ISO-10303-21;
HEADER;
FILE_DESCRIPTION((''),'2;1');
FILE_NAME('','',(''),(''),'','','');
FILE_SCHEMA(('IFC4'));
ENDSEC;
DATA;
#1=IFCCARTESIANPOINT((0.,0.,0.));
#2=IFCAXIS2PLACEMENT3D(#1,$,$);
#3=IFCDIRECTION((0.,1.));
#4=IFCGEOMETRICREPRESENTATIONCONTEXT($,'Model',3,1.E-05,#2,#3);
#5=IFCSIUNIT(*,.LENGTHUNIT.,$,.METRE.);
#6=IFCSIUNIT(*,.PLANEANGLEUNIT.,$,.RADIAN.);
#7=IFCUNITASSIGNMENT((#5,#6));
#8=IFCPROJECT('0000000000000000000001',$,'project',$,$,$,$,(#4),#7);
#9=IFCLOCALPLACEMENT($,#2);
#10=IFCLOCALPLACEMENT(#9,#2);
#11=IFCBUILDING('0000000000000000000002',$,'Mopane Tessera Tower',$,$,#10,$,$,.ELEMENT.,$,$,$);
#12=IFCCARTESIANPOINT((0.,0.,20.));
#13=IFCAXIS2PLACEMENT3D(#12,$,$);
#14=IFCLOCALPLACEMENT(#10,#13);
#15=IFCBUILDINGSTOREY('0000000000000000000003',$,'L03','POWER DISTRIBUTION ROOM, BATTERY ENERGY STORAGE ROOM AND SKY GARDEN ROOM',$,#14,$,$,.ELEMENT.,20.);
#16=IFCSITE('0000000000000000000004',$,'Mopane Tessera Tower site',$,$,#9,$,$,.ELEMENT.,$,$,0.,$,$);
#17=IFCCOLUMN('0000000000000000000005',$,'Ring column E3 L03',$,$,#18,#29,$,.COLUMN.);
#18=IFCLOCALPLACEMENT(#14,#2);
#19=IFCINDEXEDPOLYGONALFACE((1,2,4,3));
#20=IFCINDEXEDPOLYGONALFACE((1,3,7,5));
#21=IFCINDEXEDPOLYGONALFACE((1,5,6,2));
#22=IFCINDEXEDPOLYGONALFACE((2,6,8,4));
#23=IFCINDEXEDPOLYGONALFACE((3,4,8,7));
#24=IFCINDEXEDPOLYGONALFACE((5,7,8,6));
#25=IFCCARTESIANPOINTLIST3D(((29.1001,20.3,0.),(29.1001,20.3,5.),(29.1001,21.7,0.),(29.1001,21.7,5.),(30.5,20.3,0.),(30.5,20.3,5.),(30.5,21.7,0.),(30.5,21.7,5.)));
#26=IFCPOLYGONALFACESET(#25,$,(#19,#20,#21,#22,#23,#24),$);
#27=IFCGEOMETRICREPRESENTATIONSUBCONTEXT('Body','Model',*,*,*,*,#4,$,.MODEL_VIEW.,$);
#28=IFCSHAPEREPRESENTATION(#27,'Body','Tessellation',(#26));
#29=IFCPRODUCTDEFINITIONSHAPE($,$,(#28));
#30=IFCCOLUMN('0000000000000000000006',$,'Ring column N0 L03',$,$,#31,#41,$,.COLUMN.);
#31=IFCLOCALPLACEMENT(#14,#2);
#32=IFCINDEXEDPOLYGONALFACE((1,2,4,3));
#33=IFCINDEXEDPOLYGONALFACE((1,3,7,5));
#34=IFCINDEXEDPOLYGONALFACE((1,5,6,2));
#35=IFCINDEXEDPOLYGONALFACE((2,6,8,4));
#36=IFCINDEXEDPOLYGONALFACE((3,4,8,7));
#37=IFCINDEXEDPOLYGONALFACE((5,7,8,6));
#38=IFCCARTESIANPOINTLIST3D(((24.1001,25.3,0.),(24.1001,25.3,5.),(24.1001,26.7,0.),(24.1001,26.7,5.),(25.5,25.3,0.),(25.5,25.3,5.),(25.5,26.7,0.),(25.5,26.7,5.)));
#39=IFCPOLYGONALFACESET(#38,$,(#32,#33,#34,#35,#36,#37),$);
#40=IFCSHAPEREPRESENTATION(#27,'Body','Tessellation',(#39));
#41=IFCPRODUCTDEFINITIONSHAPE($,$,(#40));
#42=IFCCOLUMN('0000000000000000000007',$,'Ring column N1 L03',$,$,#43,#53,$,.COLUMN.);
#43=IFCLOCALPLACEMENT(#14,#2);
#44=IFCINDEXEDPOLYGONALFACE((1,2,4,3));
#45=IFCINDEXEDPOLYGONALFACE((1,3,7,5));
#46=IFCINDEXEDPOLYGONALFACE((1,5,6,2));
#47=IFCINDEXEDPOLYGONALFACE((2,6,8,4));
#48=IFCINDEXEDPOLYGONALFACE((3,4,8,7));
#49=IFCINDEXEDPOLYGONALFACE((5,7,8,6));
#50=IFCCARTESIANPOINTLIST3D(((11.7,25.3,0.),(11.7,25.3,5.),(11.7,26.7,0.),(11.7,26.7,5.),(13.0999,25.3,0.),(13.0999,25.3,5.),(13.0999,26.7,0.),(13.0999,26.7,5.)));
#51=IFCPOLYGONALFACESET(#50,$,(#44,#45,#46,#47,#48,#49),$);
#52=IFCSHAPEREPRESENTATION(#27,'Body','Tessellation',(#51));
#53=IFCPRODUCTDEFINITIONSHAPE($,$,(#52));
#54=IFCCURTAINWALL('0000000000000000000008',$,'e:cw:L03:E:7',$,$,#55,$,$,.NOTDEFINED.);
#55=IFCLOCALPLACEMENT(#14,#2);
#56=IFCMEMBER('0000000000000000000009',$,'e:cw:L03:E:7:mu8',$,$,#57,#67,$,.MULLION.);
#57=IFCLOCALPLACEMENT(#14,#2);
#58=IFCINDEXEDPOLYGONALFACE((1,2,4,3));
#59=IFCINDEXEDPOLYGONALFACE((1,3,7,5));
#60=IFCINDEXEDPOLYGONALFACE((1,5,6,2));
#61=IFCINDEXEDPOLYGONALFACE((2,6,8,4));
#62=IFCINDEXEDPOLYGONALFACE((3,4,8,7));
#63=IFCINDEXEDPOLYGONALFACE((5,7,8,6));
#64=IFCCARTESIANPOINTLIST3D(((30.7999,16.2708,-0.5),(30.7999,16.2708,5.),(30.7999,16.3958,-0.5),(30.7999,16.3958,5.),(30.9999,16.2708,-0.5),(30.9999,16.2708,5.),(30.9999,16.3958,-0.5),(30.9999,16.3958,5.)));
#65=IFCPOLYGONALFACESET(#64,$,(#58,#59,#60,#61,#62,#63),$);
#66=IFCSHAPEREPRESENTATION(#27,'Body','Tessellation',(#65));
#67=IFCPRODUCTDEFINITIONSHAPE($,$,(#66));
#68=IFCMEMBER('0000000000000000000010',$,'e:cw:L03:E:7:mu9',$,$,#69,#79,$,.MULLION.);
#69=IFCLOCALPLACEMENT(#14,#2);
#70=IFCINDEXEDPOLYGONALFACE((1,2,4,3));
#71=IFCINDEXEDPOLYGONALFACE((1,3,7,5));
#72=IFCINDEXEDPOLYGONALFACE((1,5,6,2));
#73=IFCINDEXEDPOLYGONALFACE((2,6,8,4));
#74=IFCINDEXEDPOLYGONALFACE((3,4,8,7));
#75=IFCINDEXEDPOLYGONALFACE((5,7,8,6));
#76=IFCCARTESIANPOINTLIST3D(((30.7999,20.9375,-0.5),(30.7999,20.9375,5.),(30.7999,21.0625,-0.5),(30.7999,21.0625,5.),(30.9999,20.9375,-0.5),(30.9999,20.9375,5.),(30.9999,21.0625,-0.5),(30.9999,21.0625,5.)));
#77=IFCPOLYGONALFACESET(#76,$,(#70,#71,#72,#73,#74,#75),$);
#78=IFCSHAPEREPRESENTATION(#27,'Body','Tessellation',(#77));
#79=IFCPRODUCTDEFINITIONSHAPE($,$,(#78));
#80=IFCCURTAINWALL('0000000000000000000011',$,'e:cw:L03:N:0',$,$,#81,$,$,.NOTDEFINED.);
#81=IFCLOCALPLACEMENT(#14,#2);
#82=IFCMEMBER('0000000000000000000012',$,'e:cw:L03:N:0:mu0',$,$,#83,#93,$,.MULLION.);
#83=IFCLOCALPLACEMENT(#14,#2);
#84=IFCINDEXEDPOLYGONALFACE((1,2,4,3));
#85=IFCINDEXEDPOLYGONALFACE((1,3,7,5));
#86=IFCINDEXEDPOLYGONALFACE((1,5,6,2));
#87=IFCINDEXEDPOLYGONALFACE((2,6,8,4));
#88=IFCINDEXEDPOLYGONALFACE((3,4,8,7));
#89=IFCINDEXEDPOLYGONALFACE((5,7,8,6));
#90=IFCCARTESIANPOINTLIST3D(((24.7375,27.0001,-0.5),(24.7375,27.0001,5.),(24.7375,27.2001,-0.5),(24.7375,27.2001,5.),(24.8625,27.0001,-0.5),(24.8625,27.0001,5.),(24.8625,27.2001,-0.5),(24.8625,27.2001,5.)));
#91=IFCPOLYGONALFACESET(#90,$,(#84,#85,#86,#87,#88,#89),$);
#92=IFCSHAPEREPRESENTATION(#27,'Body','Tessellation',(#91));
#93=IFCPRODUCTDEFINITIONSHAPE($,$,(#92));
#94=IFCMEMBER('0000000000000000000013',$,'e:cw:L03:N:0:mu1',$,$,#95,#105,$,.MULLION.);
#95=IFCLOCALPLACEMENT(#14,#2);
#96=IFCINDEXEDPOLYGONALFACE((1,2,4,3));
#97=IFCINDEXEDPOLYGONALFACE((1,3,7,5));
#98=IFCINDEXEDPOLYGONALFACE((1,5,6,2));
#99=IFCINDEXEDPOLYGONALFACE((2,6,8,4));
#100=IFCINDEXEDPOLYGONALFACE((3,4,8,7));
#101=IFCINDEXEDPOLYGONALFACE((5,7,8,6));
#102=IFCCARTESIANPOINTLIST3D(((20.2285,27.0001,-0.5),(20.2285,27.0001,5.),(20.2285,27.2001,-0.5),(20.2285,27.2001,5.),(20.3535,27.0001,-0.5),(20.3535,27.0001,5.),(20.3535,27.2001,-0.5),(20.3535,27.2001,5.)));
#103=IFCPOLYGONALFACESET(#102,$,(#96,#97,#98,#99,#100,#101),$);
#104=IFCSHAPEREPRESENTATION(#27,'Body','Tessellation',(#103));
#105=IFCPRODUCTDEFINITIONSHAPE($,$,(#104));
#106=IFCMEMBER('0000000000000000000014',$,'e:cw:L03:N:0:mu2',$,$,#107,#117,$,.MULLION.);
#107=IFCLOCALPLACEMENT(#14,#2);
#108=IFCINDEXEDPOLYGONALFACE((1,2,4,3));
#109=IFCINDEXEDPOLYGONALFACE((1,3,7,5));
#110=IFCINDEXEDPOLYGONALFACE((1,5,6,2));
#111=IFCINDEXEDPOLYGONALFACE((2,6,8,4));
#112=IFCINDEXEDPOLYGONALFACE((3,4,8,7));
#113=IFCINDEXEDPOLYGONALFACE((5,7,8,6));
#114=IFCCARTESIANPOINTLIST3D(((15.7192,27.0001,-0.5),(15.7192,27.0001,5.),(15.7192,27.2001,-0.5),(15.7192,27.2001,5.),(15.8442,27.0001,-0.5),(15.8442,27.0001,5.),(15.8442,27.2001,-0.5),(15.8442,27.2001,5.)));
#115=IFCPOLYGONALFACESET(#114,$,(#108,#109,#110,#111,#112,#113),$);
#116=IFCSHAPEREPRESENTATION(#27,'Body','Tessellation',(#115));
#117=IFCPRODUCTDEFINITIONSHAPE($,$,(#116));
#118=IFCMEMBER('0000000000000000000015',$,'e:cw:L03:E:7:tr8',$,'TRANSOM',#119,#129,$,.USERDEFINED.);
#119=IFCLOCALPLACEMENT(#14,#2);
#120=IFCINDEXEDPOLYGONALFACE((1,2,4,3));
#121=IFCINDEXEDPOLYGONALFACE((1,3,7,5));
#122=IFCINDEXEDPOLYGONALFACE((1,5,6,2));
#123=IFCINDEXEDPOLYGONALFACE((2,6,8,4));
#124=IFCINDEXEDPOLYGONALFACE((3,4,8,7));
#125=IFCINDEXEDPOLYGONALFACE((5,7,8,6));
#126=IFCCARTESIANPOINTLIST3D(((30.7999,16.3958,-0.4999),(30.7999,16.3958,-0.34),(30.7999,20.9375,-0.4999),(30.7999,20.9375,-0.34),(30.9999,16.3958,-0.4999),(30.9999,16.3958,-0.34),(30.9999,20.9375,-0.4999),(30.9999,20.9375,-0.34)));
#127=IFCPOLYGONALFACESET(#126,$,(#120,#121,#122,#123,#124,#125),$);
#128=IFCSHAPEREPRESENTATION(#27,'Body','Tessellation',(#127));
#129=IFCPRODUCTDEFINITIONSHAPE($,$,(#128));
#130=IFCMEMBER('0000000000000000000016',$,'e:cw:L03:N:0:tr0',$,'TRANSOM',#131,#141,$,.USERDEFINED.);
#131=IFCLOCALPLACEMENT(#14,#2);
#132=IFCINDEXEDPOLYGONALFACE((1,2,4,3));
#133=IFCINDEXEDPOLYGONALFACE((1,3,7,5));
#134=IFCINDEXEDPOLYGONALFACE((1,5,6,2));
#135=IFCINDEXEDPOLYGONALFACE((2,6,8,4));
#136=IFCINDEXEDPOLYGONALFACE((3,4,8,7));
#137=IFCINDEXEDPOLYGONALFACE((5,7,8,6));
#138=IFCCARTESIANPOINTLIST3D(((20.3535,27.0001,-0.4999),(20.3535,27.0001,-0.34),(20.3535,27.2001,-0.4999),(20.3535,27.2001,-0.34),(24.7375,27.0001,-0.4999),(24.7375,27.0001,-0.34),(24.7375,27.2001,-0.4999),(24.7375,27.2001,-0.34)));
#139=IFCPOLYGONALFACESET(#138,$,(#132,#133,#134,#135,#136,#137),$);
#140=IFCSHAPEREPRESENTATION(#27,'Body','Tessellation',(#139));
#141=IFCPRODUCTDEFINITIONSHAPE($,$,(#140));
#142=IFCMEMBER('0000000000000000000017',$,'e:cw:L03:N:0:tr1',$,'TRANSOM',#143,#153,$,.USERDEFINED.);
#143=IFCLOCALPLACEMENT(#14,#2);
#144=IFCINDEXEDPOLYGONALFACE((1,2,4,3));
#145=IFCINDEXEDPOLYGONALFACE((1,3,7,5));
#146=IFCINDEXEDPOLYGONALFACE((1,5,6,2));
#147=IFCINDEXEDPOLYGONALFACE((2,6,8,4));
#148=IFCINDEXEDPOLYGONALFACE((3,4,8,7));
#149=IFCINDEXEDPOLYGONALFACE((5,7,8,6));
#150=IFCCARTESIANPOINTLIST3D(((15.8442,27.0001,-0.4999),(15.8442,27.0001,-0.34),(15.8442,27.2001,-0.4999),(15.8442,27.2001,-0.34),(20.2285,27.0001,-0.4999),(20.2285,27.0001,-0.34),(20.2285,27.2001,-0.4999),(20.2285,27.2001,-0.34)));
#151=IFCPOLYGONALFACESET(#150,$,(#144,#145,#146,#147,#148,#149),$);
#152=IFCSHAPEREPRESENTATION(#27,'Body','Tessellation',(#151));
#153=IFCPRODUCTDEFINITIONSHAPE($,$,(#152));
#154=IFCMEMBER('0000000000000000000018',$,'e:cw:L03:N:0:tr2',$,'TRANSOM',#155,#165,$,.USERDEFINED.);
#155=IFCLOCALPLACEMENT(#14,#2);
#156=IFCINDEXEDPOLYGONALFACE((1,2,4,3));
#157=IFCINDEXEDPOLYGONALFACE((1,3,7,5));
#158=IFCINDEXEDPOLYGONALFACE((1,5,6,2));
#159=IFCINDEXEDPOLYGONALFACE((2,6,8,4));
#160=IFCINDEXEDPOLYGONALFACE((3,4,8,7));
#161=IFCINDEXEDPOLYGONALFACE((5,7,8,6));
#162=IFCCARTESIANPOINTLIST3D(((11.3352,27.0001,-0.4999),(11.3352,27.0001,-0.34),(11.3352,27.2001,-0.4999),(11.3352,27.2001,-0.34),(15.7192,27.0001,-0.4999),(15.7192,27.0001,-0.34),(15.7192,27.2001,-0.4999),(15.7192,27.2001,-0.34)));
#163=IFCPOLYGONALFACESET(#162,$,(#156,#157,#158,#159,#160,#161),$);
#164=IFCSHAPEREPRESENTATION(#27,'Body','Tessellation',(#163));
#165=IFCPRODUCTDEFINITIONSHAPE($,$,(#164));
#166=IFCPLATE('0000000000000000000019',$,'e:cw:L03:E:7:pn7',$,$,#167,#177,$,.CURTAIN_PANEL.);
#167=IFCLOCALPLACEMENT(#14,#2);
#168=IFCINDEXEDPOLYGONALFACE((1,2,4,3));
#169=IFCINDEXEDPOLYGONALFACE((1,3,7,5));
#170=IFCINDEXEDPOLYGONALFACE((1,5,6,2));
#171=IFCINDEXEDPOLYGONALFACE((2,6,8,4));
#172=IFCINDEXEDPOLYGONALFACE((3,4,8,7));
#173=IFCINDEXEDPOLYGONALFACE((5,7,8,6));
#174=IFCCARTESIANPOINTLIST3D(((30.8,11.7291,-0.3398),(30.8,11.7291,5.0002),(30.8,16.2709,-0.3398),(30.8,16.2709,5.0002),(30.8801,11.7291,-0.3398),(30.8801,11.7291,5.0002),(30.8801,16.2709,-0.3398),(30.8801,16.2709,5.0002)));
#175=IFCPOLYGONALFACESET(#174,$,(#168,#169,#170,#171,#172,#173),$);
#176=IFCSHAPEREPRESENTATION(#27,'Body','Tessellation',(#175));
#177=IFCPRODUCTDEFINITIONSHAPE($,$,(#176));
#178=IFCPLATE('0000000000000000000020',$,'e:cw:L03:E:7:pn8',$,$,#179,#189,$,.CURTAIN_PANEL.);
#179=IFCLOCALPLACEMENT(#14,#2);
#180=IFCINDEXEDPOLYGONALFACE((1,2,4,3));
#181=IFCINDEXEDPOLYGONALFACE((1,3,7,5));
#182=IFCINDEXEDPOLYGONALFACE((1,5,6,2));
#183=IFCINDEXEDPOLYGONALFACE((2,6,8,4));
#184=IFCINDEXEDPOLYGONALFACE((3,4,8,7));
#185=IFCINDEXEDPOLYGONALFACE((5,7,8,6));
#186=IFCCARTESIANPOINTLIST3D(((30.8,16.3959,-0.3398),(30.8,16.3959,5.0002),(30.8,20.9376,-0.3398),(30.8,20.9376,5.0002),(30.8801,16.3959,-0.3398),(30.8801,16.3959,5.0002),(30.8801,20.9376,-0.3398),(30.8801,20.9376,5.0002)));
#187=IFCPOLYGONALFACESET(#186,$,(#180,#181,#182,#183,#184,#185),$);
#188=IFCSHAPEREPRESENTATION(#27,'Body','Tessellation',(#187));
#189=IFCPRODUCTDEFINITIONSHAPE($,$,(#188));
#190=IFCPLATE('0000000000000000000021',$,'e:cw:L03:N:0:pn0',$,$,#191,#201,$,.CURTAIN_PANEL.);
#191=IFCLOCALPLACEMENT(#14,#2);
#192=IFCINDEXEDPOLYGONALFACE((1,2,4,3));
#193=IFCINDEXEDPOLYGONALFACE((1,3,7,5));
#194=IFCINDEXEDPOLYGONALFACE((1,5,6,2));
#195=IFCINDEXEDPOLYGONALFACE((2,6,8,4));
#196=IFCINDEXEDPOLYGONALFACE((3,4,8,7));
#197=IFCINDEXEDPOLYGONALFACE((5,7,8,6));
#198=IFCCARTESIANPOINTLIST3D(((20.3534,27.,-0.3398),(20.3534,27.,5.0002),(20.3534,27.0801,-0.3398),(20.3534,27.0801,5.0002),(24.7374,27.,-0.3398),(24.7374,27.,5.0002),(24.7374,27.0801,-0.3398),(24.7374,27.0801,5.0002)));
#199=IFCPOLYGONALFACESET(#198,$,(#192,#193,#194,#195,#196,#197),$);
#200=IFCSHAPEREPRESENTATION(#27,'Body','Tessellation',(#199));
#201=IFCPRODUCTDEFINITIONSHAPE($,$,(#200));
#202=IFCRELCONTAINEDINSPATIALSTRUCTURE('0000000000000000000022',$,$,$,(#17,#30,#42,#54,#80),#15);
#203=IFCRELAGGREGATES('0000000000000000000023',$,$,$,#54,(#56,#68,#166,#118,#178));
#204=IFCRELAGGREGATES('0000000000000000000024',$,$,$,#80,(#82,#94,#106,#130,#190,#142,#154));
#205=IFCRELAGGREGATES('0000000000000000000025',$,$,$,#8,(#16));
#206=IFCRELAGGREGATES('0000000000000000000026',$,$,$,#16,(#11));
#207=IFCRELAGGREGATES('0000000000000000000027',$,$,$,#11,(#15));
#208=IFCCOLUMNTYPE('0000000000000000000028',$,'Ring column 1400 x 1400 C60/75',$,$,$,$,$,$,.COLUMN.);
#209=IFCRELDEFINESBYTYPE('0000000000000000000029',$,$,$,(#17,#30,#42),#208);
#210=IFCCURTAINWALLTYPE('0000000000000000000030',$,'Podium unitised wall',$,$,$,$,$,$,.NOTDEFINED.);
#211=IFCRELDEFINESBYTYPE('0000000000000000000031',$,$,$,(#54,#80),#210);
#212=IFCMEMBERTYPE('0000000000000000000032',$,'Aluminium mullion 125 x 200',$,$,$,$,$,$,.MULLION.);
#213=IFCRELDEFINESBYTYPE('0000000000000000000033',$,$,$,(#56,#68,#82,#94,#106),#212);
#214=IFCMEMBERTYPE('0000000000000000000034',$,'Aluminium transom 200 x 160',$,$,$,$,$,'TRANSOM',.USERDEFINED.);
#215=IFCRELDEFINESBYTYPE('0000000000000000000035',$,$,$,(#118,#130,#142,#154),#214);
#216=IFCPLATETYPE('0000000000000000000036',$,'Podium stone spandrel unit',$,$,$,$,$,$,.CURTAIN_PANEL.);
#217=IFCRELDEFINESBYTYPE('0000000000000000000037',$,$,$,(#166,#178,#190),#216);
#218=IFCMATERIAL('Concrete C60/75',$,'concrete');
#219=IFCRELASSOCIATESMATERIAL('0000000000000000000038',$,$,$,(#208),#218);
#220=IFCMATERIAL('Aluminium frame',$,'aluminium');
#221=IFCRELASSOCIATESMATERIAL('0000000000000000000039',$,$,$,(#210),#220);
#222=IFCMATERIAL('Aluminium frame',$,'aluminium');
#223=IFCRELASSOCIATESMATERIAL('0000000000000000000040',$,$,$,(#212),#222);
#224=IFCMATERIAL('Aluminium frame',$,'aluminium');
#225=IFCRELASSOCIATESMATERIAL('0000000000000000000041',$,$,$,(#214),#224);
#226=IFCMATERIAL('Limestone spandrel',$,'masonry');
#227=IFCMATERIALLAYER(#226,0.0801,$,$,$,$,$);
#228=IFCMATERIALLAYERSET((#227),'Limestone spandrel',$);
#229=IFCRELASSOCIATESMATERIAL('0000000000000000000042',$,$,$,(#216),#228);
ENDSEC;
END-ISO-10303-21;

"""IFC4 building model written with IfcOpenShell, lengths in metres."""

from ifc_helpers import new_model, si_unit, direction, frame, origin, origin_2d, place, context, subcontext, project, spatial, rectangle, extrude, material, layer, layer_set, material_profile, profile_set, type_object, element, aggregate, save


model = new_model("IFC4")

# Units and contexts
model_context = context("Model", 3, precision=1e-05, world=origin(), true_north=direction((0.0, 1.0)))
body_context = subcontext(model_context, "Body", "Model", "MODEL_VIEW")
ifc_project = project(units=[si_unit("LENGTHUNIT", "METRE"), si_unit("PLANEANGLEUNIT", "RADIAN")], contexts=[model_context])

# Site, building, storey
site_placement = place(None, origin())
site = spatial("IfcSite", under=ifc_project, at=site_placement, Name="Mopane Tessera Tower site", CompositionType="ELEMENT", RefElevation=0.0)
building_placement = place(site_placement, origin())
building = spatial("IfcBuilding", under=site, at=building_placement, Name="Mopane Tessera Tower", CompositionType="ELEMENT")
storey_placement = place(building_placement, frame((0.0, 0.0, 20.0)))
storey = spatial("IfcBuildingStorey", under=building, at=storey_placement, Name="L03", Description="POWER DISTRIBUTION ROOM, BATTERY ENERGY STORAGE ROOM AND SKY GARDEN ROOM", CompositionType="ELEMENT", Elevation=20.0)

# Columns
ifc_material_1 = material(Name="Concrete C60/75", Category="concrete")
ifc_material_profile_1 = material_profile(ifc_material_1, rectangle(XDim=1.3999, YDim=1.3999, at=origin_2d()))
ifc_profile_set_1 = profile_set([ifc_material_profile_1], Name="Concrete C60/75")
column_type = type_object("IfcColumnType", Name="Ring column 1400 x 1400 C60/75", PredefinedType="COLUMN", material=ifc_profile_set_1)
for number, where, z_axis, x_axis, name in (
    (1, (29.8, 21.0, 0.0), (0.0, 0.0, 1.0), (1.0, 0.0, 0.0), "Ring column E3 L03"),
    (2, (24.8, 26.0, 0.0), (0.0, 0.0, 1.0), (1.0, 0.0, 0.0), "Ring column N0 L03"),
    (3, (12.3999, 26.0, 0.0), (0.0, 0.0, 1.0), (1.0, 0.0, 0.0), "Ring column N1 L03"),
):
    element("IfcColumn", number, at=place(storey_placement, frame(where, z_axis=z_axis, x_axis=x_axis)), inside=storey, type_object=column_type, Name=name, PredefinedType="COLUMN", context=body_context, shape_type="SweptSolid", body=[
        extrude(rectangle(XDim=1.3999, YDim=1.3999, at=origin_2d()), origin(), (0.0, 0.0, 1.0), 5.0),
    ])

# Curtain walls, members
ifc_material_2 = material(Name="Aluminium frame", Category="aluminium")
curtain_wall_type = type_object("IfcCurtainWallType", Name="Podium unitised wall", PredefinedType="NOTDEFINED", material=ifc_material_2)
curtain_wall_1_placement = place(storey_placement, origin())
curtain_wall_1 = element("IfcCurtainWall", 4, at=curtain_wall_1_placement, inside=storey, type_object=curtain_wall_type, Name="e:cw:L03:E:7", PredefinedType="NOTDEFINED")
ifc_material_3 = material(Name="Aluminium frame", Category="aluminium")
ifc_material_profile_2 = material_profile(ifc_material_3, rectangle(XDim=0.125, YDim=0.2, at=origin_2d()))
ifc_profile_set_2 = profile_set([ifc_material_profile_2], Name="Aluminium frame")
member_type_1 = type_object("IfcMemberType", Name="Aluminium mullion 125 x 200", PredefinedType="MULLION", material=ifc_profile_set_2)
member_1_placement = place(storey_placement, frame((30.8999, 16.3333, -0.5), z_axis=(0.0, 0.0, 1.0), x_axis=(0.0, 1.0, 0.0)))
member_1 = element("IfcMember", 5, at=member_1_placement, type_object=member_type_1, Name="e:cw:L03:E:7:mu8", PredefinedType="MULLION", context=body_context, shape_type="SweptSolid", body=[
    extrude(rectangle(XDim=0.125, YDim=0.2, at=origin_2d()), origin(), (0.0, 0.0, 1.0), 5.5),
])
member_2_placement = place(storey_placement, frame((30.8999, 21.0, -0.5), z_axis=(0.0, 0.0, 1.0), x_axis=(0.0, 1.0, 0.0)))
member_2 = element("IfcMember", 6, at=member_2_placement, type_object=member_type_1, Name="e:cw:L03:E:7:mu9", PredefinedType="MULLION", context=body_context, shape_type="SweptSolid", body=[
    extrude(rectangle(XDim=0.125, YDim=0.2, at=origin_2d()), origin(), (0.0, 0.0, 1.0), 5.5),
])
curtain_wall_2_placement = place(storey_placement, origin())
curtain_wall_2 = element("IfcCurtainWall", 7, at=curtain_wall_2_placement, inside=storey, type_object=curtain_wall_type, Name="e:cw:L03:N:0", PredefinedType="NOTDEFINED")
member_3_placement = place(storey_placement, frame((24.8, 27.1001, -0.5), z_axis=(0.0, 0.0, 1.0), x_axis=(-1.0, 0.0, 0.0)))
member_3 = element("IfcMember", 8, at=member_3_placement, type_object=member_type_1, Name="e:cw:L03:N:0:mu0", PredefinedType="MULLION", context=body_context, shape_type="SweptSolid", body=[
    extrude(rectangle(XDim=0.125, YDim=0.2, at=origin_2d()), origin(), (0.0, 0.0, 1.0), 5.5),
])
member_4_placement = place(storey_placement, frame((20.291, 27.1001, -0.5), z_axis=(0.0, 0.0, 1.0), x_axis=(-1.0, 0.0, 0.0)))
member_4 = element("IfcMember", 9, at=member_4_placement, type_object=member_type_1, Name="e:cw:L03:N:0:mu1", PredefinedType="MULLION", context=body_context, shape_type="SweptSolid", body=[
    extrude(rectangle(XDim=0.125, YDim=0.2, at=origin_2d()), origin(), (0.0, 0.0, 1.0), 5.5),
])
member_5_placement = place(storey_placement, frame((15.7817, 27.1001, -0.5), z_axis=(0.0, 0.0, 1.0), x_axis=(-1.0, 0.0, 0.0)))
member_5 = element("IfcMember", 10, at=member_5_placement, type_object=member_type_1, Name="e:cw:L03:N:0:mu2", PredefinedType="MULLION", context=body_context, shape_type="SweptSolid", body=[
    extrude(rectangle(XDim=0.125, YDim=0.2, at=origin_2d()), origin(), (0.0, 0.0, 1.0), 5.5),
])

# Members
ifc_material_4 = material(Name="Aluminium frame", Category="aluminium")
ifc_material_profile_3 = material_profile(ifc_material_4, rectangle(XDim=0.2, YDim=0.1599, at=origin_2d()))
ifc_profile_set_3 = profile_set([ifc_material_profile_3], Name="Aluminium frame")
member_type_2 = type_object("IfcMemberType", Name="Aluminium transom 200 x 160", ElementType="TRANSOM", PredefinedType="USERDEFINED", material=ifc_profile_set_3)
member_6_placement = place(storey_placement, frame((30.8999, 16.3958, -0.4199), z_axis=(0.0, 1.0, 0.0), x_axis=(-1.0, 0.0, 0.0)))
member_6 = element("IfcMember", 11, at=member_6_placement, type_object=member_type_2, Name="e:cw:L03:E:7:tr8", ObjectType="TRANSOM", PredefinedType="USERDEFINED", context=body_context, shape_type="SweptSolid", body=[
    extrude(rectangle(XDim=0.2, YDim=0.1599, at=origin_2d()), origin(), (0.0, 0.0, 1.0), 4.5417),
])
member_7_placement = place(storey_placement, frame((24.7375, 27.1001, -0.4199), z_axis=(-1.0, 0.0, 0.0), x_axis=(0.0, -1.0, 0.0)))
member_7 = element("IfcMember", 12, at=member_7_placement, type_object=member_type_2, Name="e:cw:L03:N:0:tr0", ObjectType="TRANSOM", PredefinedType="USERDEFINED", context=body_context, shape_type="SweptSolid", body=[
    extrude(rectangle(XDim=0.2, YDim=0.1599, at=origin_2d()), origin(), (0.0, 0.0, 1.0), 4.384),
])
member_8_placement = place(storey_placement, frame((20.2285, 27.1001, -0.4199), z_axis=(-1.0, 0.0, 0.0), x_axis=(0.0, -1.0, 0.0)))
member_8 = element("IfcMember", 13, at=member_8_placement, type_object=member_type_2, Name="e:cw:L03:N:0:tr1", ObjectType="TRANSOM", PredefinedType="USERDEFINED", context=body_context, shape_type="SweptSolid", body=[
    extrude(rectangle(XDim=0.2, YDim=0.1599, at=origin_2d()), origin(), (0.0, 0.0, 1.0), 4.3843),
])
member_9_placement = place(storey_placement, frame((15.7192, 27.1001, -0.4199), z_axis=(-1.0, 0.0, 0.0), x_axis=(0.0, -1.0, 0.0)))
member_9 = element("IfcMember", 14, at=member_9_placement, type_object=member_type_2, Name="e:cw:L03:N:0:tr2", ObjectType="TRANSOM", PredefinedType="USERDEFINED", context=body_context, shape_type="SweptSolid", body=[
    extrude(rectangle(XDim=0.2, YDim=0.1599, at=origin_2d()), origin(), (0.0, 0.0, 1.0), 4.384),
])

# Plates
ifc_material_5 = material(Name="Limestone spandrel", Category="masonry")
ifc_layer_1 = layer(ifc_material_5, 0.0801)
ifc_layer_set_1 = layer_set([ifc_layer_1], Name="Limestone spandrel")
plate_type = type_object("IfcPlateType", Name="Podium stone spandrel unit", PredefinedType="CURTAIN_PANEL", material=ifc_layer_set_1)
plate_1_placement = place(storey_placement, frame((30.8401, 14.0, -0.3398), z_axis=(0.0, 0.0, 1.0), x_axis=(0.0, 1.0, 0.0)))
plate_1 = element("IfcPlate", 15, at=plate_1_placement, type_object=plate_type, Name="e:cw:L03:E:7:pn7", PredefinedType="CURTAIN_PANEL", context=body_context, shape_type="SweptSolid", body=[
    extrude(rectangle(XDim=4.5417, YDim=0.0801, at=origin_2d()), origin(), (0.0, 0.0, 1.0), 5.3401),
])
plate_2_placement = place(storey_placement, frame((30.8401, 18.6667, -0.3398), z_axis=(0.0, 0.0, 1.0), x_axis=(0.0, 1.0, 0.0)))
plate_2 = element("IfcPlate", 16, at=plate_2_placement, type_object=plate_type, Name="e:cw:L03:E:7:pn8", PredefinedType="CURTAIN_PANEL", context=body_context, shape_type="SweptSolid", body=[
    extrude(rectangle(XDim=4.5417, YDim=0.0801, at=origin_2d()), origin(), (0.0, 0.0, 1.0), 5.3401),
])
aggregate(curtain_wall_1, [member_1, member_2, plate_1, member_6, plate_2])
plate_3_placement = place(storey_placement, frame((22.5454, 27.04, -0.3398), z_axis=(0.0, 0.0, 1.0), x_axis=(-1.0, 0.0, 0.0)))
plate_3 = element("IfcPlate", 17, at=plate_3_placement, type_object=plate_type, Name="e:cw:L03:N:0:pn0", PredefinedType="CURTAIN_PANEL", context=body_context, shape_type="SweptSolid", body=[
    extrude(rectangle(XDim=4.384, YDim=0.0801, at=origin_2d()), origin(), (0.0, 0.0, 1.0), 5.3401),
])
aggregate(curtain_wall_2, [member_3, member_4, member_5, member_7, plate_3, member_8, member_9])

save(model, "model.ifc")
